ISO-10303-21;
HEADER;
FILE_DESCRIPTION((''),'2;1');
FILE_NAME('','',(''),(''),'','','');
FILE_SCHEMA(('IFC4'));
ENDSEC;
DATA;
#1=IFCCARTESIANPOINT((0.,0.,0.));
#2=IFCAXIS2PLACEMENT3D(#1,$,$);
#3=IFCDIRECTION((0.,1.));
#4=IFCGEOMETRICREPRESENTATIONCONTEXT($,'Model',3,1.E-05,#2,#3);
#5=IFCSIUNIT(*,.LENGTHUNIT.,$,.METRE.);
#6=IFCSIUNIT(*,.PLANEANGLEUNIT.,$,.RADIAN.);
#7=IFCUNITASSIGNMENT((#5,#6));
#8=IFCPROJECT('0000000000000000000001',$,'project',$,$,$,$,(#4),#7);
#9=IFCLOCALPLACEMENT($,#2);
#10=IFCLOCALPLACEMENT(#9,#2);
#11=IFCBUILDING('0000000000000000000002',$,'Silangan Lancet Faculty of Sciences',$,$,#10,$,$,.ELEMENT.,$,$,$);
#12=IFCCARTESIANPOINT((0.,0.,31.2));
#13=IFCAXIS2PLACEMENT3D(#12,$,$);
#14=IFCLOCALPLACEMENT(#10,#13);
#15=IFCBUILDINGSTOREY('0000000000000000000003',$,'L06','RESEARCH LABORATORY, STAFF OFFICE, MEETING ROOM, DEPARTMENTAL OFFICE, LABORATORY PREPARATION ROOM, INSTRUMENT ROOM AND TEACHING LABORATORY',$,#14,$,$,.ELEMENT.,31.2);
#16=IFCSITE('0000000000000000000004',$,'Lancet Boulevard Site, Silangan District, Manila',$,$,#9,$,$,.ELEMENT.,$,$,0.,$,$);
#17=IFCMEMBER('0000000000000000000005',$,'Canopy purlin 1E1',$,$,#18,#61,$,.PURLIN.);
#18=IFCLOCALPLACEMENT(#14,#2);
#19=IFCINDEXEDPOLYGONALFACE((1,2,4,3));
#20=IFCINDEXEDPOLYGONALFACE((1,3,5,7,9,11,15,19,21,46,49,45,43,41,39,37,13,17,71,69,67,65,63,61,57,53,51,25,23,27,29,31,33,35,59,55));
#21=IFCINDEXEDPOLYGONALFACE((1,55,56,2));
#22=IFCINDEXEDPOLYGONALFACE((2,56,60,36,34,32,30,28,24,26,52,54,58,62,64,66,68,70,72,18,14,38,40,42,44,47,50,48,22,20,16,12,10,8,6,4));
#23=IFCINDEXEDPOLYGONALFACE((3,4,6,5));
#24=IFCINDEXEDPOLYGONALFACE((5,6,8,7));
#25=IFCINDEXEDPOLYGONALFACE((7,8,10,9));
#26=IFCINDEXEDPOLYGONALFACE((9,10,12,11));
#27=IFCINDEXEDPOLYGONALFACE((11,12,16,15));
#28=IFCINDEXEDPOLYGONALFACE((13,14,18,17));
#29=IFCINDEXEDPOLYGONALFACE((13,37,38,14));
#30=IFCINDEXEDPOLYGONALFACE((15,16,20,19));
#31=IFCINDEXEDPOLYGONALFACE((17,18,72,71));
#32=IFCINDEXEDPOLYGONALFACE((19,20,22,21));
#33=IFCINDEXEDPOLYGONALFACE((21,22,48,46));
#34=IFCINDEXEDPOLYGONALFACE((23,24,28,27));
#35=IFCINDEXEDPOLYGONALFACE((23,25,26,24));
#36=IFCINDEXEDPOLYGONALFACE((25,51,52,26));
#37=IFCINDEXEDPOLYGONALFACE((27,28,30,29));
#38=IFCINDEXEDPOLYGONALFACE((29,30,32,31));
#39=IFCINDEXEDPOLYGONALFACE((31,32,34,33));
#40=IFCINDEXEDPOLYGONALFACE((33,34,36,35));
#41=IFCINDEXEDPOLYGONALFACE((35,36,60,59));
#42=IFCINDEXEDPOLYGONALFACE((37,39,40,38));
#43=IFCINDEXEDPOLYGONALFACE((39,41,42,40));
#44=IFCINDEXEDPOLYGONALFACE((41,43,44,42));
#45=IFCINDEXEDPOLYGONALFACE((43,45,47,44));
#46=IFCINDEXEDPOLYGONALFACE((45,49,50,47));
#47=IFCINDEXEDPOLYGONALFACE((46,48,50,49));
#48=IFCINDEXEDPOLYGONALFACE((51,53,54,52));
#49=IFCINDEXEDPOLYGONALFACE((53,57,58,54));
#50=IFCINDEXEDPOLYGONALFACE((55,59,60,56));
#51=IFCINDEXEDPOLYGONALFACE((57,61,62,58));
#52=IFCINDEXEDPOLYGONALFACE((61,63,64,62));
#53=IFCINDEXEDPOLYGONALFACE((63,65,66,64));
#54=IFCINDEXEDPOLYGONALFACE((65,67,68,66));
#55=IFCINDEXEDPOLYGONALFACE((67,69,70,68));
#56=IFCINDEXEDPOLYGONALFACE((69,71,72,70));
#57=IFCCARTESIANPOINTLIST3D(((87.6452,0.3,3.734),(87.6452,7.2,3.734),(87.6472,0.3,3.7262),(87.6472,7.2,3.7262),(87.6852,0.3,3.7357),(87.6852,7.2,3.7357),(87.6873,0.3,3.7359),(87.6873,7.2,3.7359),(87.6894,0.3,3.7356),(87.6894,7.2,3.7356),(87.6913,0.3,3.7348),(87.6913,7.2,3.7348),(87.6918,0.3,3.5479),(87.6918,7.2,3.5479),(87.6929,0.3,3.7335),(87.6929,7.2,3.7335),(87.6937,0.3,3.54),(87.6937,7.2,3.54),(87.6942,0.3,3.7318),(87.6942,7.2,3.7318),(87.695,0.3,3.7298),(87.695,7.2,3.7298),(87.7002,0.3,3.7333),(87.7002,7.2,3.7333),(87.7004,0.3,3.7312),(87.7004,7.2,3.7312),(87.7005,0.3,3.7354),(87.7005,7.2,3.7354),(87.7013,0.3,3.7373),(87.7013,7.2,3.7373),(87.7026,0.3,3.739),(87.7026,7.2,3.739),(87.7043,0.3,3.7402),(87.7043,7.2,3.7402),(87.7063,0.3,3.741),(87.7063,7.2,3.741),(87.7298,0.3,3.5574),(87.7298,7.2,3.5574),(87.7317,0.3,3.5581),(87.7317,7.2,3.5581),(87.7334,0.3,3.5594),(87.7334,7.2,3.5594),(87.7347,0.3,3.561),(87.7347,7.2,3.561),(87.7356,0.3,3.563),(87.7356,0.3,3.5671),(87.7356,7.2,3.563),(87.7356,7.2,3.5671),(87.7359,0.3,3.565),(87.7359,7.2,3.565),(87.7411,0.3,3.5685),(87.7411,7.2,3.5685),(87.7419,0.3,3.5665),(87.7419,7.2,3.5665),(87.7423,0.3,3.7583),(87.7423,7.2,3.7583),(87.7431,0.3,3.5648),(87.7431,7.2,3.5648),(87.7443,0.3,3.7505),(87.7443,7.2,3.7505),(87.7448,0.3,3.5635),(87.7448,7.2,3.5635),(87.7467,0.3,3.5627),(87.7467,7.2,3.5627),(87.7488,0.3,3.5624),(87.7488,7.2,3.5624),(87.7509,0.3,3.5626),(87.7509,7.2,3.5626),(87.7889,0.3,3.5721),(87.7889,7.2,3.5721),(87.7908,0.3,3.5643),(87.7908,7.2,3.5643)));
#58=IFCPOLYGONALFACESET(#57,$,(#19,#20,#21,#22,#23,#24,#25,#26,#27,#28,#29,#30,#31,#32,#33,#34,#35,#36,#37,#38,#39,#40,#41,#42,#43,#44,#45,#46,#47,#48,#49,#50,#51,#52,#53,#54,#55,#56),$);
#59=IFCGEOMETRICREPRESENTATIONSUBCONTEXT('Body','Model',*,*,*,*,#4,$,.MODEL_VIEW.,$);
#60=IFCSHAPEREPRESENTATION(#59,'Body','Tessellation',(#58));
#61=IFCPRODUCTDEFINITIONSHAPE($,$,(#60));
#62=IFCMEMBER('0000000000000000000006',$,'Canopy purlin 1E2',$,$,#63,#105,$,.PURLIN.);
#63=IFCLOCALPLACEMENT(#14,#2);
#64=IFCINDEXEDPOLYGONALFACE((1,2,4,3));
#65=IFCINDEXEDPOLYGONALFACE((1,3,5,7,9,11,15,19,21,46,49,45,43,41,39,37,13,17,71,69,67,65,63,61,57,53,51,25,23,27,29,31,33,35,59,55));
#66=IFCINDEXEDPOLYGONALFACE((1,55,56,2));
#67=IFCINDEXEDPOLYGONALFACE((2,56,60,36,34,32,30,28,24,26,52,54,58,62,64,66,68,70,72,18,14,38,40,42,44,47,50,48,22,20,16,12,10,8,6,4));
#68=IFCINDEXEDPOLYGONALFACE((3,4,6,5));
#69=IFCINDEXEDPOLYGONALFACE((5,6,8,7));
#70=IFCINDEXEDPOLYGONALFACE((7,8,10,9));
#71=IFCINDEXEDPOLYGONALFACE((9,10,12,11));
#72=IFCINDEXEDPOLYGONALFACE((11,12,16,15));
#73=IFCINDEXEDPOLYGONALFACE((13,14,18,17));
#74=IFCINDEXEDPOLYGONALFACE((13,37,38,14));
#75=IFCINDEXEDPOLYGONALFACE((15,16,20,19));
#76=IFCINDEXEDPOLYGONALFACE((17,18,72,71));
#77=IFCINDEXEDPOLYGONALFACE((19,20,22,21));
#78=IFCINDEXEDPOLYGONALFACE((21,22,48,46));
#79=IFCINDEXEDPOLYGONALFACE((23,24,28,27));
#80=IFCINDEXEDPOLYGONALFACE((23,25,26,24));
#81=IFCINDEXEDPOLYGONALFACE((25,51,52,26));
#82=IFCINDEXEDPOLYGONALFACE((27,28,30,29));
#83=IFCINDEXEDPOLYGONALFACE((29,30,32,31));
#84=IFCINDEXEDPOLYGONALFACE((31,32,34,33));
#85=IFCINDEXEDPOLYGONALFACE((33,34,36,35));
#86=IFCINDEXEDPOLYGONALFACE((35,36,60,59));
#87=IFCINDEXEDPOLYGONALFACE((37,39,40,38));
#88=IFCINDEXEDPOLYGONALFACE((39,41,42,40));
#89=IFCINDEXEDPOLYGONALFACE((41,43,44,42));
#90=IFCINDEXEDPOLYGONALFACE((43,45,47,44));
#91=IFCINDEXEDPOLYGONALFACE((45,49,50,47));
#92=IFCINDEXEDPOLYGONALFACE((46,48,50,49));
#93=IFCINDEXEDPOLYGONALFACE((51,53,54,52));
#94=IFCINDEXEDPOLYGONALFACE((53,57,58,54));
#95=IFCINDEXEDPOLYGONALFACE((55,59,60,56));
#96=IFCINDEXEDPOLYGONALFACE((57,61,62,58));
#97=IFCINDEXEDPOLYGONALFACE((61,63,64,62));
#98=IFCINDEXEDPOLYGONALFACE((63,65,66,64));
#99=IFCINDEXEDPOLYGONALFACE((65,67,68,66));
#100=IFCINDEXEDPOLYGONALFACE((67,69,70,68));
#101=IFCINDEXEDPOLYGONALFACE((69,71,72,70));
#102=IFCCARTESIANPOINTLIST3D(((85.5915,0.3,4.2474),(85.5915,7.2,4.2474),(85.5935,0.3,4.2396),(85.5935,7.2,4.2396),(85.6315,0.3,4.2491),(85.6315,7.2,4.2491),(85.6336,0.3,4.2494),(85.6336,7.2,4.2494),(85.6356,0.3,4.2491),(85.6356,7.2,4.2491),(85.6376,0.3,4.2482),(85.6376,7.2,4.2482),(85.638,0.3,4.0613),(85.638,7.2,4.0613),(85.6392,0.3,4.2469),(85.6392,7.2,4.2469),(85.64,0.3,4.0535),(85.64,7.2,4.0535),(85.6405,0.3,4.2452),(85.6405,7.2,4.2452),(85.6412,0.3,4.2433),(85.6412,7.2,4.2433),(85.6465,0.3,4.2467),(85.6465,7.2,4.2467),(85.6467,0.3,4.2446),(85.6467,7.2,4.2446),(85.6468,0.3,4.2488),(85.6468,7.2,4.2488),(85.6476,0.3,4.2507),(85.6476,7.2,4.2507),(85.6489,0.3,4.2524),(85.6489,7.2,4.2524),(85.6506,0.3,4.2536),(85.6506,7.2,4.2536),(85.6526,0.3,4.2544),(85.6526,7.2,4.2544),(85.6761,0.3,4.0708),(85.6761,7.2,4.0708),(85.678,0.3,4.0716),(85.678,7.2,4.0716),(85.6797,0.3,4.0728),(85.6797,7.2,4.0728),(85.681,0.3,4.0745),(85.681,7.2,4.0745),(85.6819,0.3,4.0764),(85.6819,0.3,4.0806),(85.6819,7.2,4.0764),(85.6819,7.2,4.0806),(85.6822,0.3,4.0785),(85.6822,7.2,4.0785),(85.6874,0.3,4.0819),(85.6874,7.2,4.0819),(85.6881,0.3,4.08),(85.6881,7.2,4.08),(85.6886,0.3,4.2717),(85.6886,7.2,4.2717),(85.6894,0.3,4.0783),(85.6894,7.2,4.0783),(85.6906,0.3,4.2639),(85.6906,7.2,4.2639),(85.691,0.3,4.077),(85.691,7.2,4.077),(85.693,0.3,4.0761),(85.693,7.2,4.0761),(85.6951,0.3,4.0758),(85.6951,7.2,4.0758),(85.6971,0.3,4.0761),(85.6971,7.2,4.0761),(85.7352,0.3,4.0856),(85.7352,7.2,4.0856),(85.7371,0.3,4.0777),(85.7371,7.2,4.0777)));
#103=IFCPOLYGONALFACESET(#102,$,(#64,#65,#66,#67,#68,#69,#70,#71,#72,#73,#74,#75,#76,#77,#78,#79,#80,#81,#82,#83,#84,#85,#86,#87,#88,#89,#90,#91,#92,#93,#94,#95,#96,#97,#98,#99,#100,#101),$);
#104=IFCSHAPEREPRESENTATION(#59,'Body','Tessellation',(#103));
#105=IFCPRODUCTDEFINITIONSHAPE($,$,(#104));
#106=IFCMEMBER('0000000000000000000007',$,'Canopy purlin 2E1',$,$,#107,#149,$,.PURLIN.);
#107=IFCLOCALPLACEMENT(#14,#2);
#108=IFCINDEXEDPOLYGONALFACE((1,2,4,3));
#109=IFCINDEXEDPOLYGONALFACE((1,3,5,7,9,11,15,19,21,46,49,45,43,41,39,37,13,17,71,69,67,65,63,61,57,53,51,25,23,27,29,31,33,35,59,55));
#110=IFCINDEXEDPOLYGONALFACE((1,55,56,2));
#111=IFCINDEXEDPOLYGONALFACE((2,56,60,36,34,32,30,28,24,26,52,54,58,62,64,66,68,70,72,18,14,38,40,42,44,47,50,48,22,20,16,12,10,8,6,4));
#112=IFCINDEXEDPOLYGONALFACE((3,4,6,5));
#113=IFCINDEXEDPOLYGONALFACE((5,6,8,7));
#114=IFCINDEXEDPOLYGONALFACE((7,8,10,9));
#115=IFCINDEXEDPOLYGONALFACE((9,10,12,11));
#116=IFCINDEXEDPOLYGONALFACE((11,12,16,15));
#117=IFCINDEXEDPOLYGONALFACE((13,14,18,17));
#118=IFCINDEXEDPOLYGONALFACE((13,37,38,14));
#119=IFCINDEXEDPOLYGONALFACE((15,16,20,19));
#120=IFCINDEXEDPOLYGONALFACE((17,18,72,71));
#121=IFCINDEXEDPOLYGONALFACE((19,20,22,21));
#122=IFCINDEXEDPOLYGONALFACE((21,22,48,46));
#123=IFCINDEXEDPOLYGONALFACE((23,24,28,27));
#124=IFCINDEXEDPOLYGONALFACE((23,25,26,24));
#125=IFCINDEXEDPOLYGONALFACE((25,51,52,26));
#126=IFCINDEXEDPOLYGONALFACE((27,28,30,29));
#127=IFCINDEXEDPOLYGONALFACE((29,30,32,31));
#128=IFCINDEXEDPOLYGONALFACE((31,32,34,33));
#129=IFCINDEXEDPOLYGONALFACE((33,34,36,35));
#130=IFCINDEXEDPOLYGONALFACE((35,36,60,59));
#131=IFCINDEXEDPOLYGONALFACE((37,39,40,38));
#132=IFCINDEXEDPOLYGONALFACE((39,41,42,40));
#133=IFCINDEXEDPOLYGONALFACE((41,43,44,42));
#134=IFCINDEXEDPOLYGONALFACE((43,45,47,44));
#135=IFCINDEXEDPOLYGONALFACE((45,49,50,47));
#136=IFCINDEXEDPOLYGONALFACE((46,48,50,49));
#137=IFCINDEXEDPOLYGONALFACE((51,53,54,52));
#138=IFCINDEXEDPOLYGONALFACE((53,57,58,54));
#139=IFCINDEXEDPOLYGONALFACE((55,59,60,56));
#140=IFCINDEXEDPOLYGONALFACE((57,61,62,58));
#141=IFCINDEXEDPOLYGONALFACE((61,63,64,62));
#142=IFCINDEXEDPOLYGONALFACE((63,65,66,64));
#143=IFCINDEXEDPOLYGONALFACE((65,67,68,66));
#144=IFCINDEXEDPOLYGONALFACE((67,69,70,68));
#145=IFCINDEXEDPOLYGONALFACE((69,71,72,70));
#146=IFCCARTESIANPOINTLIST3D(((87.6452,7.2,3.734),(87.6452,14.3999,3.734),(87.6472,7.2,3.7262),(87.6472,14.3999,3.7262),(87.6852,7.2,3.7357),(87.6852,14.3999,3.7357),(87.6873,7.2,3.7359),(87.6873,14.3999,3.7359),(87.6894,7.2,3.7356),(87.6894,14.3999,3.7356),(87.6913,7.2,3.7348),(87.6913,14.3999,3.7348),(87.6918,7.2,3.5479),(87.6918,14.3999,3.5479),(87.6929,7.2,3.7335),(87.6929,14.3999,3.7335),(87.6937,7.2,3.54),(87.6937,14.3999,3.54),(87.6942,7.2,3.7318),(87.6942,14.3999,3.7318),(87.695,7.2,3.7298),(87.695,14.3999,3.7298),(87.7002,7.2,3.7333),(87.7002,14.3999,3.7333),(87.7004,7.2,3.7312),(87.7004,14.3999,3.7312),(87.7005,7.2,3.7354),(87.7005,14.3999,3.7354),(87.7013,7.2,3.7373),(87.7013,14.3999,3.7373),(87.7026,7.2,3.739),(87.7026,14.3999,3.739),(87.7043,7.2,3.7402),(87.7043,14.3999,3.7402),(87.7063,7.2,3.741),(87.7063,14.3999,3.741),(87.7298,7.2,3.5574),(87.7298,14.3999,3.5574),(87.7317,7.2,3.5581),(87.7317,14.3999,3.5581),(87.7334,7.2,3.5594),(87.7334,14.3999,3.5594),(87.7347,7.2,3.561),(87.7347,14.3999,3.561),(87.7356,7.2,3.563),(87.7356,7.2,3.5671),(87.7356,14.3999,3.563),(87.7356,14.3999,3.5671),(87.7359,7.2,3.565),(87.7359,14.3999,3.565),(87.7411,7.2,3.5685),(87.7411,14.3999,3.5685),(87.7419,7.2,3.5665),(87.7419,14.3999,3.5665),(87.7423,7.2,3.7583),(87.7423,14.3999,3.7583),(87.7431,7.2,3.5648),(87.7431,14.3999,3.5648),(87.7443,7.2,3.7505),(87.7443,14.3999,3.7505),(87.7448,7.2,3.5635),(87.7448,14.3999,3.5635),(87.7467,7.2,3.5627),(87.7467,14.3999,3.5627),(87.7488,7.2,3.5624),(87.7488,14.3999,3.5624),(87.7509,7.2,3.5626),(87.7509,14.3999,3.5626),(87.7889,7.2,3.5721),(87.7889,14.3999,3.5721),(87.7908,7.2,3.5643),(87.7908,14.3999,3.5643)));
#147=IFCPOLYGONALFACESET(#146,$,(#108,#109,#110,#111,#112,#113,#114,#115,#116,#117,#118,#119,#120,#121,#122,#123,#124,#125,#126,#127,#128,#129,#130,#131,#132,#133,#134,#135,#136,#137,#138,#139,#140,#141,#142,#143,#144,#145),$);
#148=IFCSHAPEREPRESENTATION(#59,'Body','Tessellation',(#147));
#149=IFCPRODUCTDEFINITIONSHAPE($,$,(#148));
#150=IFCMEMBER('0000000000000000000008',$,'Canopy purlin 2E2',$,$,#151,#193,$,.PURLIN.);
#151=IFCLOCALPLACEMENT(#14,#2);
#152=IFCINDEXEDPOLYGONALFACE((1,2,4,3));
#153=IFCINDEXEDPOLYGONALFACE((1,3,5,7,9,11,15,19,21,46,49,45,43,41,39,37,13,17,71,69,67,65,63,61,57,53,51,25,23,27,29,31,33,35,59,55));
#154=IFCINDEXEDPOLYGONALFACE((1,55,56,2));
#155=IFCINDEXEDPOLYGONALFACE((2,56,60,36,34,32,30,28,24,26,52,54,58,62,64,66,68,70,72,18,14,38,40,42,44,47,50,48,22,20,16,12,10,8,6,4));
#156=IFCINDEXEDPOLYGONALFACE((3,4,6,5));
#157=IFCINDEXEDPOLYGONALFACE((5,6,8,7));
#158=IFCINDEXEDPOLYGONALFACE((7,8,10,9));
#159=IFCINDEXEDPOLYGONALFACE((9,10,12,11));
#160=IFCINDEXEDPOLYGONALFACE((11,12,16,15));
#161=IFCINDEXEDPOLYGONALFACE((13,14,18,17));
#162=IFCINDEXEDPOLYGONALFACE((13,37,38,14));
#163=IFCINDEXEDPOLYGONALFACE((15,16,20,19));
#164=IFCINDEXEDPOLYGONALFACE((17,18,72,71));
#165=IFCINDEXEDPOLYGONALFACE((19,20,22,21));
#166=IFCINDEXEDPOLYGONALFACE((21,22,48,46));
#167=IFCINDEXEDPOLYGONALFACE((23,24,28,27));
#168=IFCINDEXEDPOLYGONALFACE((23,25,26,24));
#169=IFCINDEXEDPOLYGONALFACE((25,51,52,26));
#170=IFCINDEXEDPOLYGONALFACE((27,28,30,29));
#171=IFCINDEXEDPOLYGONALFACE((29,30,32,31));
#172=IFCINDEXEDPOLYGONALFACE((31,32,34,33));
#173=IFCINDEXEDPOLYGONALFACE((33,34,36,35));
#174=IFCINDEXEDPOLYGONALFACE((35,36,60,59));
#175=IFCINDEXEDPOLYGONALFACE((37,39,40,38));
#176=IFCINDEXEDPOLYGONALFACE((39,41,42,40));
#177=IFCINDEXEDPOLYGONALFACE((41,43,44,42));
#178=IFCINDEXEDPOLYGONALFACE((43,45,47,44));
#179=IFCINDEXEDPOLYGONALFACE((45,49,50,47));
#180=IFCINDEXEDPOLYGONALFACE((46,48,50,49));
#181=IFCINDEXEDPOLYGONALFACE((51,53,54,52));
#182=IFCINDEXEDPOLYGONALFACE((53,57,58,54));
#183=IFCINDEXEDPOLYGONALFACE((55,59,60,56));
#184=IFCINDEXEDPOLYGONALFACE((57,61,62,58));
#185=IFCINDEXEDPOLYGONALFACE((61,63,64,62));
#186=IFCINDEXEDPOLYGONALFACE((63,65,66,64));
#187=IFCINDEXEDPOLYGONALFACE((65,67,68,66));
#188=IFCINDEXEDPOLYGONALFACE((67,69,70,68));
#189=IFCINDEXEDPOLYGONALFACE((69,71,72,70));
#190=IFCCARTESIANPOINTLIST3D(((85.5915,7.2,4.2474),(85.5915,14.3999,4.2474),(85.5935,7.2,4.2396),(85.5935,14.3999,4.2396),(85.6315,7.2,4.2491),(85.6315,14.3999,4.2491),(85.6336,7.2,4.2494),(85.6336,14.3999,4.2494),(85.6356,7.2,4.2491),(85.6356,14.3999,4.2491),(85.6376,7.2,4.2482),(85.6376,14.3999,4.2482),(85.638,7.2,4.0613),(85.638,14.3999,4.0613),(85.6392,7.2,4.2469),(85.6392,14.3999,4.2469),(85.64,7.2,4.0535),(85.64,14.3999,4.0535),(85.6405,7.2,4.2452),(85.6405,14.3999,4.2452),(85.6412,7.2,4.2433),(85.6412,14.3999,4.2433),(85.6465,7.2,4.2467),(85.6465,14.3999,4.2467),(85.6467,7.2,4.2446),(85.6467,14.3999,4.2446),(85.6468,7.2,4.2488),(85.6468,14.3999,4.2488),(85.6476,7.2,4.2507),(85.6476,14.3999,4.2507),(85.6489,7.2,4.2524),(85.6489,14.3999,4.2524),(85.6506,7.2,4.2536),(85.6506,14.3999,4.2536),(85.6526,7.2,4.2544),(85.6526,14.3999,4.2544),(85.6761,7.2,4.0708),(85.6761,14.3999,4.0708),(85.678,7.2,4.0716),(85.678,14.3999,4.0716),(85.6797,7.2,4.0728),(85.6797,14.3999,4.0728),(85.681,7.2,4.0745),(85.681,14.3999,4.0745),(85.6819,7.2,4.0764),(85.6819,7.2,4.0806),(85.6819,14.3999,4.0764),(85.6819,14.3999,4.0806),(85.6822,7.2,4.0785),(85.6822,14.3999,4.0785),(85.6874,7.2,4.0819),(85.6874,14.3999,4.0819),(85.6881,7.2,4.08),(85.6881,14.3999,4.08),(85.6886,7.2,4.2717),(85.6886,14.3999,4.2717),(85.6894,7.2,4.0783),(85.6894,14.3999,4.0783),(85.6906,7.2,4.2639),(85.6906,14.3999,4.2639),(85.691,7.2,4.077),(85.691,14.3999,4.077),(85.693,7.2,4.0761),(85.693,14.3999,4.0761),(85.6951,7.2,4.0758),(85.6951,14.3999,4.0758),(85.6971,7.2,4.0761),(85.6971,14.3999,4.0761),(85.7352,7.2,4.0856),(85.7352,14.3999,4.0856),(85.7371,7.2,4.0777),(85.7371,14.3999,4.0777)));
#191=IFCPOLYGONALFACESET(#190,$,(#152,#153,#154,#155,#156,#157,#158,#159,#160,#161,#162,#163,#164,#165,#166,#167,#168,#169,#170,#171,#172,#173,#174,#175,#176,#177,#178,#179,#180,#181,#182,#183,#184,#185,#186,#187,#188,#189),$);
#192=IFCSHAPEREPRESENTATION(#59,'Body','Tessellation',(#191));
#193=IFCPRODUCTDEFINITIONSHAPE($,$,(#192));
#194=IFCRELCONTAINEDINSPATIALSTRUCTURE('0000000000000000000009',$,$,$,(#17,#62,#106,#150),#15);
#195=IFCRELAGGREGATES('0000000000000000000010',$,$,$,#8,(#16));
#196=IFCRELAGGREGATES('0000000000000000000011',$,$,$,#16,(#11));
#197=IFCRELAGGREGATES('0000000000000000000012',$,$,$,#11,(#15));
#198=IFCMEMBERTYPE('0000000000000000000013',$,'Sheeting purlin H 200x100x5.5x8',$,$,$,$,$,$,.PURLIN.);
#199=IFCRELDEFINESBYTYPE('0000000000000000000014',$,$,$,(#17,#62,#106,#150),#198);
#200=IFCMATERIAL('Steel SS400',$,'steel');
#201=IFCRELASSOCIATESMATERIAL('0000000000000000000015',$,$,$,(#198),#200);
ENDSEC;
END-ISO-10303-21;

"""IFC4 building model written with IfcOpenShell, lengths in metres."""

from ifc_helpers import new_model, si_unit, direction, frame, origin, origin_2d, place, context, subcontext, project, spatial, i_section, extrude, material, material_profile, profile_set, type_object, element, save


model = new_model("IFC4")

# Units and contexts
model_context = context("Model", 3, precision=1e-05, world=origin(), true_north=direction((0.0, 1.0)))
body_context = subcontext(model_context, "Body", "Model", "MODEL_VIEW")
ifc_project = project(units=[si_unit("LENGTHUNIT", "METRE"), si_unit("PLANEANGLEUNIT", "RADIAN")], contexts=[model_context])

# Site, building, storey
site_placement = place(None, origin())
site = spatial("IfcSite", under=ifc_project, at=site_placement, Name="Lancet Boulevard Site, Silangan District, Manila", CompositionType="ELEMENT", RefElevation=0.0)
building_placement = place(site_placement, origin())
building = spatial("IfcBuilding", under=site, at=building_placement, Name="Silangan Lancet Faculty of Sciences", CompositionType="ELEMENT")
storey_placement = place(building_placement, frame((0.0, 0.0, 31.2)))
storey = spatial("IfcBuildingStorey", under=building, at=storey_placement, Name="L06", Description="RESEARCH LABORATORY, STAFF OFFICE, MEETING ROOM, DEPARTMENTAL OFFICE, LABORATORY PREPARATION ROOM, INSTRUMENT ROOM AND TEACHING LABORATORY", CompositionType="ELEMENT", Elevation=31.2)

# Members
ifc_material_1 = material(Name="Steel SS400", Category="steel")
ifc_material_profile_1 = material_profile(ifc_material_1, i_section(OverallWidth=0.1001, OverallDepth=0.2, WebThickness=0.0056, FlangeThickness=0.0081, FilletRadius=0.0081, at=origin_2d()), Name="H 200x100x5.5x8")
ifc_profile_set_1 = profile_set([ifc_material_profile_1], Name="Steel SS400")
member_type_1 = type_object("IfcMemberType", Name="Sheeting purlin H 200x100x5.5x8", PredefinedType="PURLIN", material=ifc_profile_set_1)
for number, where, z_axis, x_axis, name in (
    (1, (87.718, 0.3, 3.6492), (0.0, 1.0, 0.0), (-0.970143, 0.0, -0.242536), "Canopy purlin 1E1"),
    (2, (85.6643, 0.3, 4.1626), (0.0, 1.0, 0.0), (-0.970143, 0.0, -0.242536), "Canopy purlin 1E2"),
):
    element("IfcMember", number, at=place(storey_placement, frame(where, z_axis=z_axis, x_axis=x_axis)), inside=storey, type_object=member_type_1, Name=name, PredefinedType="PURLIN", context=body_context, shape_type="SweptSolid", body=[
        extrude(i_section(OverallWidth=0.1001, OverallDepth=0.2, WebThickness=0.0056, FlangeThickness=0.0081, FilletRadius=0.0081, at=origin_2d()), origin(), (0.0, 0.0, 1.0), 6.8999),
    ])
for number, where, z_axis, x_axis, name in (
    (3, (87.718, 7.2, 3.6492), (0.0, 1.0, 0.0), (-0.970143, 0.0, -0.242536), "Canopy purlin 2E1"),
    (4, (85.6643, 7.2, 4.1626), (0.0, 1.0, 0.0), (-0.970143, 0.0, -0.242536), "Canopy purlin 2E2"),
):
    element("IfcMember", number, at=place(storey_placement, frame(where, z_axis=z_axis, x_axis=x_axis)), inside=storey, type_object=member_type_1, Name=name, PredefinedType="PURLIN", context=body_context, shape_type="SweptSolid", body=[
        extrude(i_section(OverallWidth=0.1001, OverallDepth=0.2, WebThickness=0.0056, FlangeThickness=0.0081, FilletRadius=0.0081, at=origin_2d()), origin(), (0.0, 0.0, 1.0), 7.2),
    ])

save(model, "model.ifc")
